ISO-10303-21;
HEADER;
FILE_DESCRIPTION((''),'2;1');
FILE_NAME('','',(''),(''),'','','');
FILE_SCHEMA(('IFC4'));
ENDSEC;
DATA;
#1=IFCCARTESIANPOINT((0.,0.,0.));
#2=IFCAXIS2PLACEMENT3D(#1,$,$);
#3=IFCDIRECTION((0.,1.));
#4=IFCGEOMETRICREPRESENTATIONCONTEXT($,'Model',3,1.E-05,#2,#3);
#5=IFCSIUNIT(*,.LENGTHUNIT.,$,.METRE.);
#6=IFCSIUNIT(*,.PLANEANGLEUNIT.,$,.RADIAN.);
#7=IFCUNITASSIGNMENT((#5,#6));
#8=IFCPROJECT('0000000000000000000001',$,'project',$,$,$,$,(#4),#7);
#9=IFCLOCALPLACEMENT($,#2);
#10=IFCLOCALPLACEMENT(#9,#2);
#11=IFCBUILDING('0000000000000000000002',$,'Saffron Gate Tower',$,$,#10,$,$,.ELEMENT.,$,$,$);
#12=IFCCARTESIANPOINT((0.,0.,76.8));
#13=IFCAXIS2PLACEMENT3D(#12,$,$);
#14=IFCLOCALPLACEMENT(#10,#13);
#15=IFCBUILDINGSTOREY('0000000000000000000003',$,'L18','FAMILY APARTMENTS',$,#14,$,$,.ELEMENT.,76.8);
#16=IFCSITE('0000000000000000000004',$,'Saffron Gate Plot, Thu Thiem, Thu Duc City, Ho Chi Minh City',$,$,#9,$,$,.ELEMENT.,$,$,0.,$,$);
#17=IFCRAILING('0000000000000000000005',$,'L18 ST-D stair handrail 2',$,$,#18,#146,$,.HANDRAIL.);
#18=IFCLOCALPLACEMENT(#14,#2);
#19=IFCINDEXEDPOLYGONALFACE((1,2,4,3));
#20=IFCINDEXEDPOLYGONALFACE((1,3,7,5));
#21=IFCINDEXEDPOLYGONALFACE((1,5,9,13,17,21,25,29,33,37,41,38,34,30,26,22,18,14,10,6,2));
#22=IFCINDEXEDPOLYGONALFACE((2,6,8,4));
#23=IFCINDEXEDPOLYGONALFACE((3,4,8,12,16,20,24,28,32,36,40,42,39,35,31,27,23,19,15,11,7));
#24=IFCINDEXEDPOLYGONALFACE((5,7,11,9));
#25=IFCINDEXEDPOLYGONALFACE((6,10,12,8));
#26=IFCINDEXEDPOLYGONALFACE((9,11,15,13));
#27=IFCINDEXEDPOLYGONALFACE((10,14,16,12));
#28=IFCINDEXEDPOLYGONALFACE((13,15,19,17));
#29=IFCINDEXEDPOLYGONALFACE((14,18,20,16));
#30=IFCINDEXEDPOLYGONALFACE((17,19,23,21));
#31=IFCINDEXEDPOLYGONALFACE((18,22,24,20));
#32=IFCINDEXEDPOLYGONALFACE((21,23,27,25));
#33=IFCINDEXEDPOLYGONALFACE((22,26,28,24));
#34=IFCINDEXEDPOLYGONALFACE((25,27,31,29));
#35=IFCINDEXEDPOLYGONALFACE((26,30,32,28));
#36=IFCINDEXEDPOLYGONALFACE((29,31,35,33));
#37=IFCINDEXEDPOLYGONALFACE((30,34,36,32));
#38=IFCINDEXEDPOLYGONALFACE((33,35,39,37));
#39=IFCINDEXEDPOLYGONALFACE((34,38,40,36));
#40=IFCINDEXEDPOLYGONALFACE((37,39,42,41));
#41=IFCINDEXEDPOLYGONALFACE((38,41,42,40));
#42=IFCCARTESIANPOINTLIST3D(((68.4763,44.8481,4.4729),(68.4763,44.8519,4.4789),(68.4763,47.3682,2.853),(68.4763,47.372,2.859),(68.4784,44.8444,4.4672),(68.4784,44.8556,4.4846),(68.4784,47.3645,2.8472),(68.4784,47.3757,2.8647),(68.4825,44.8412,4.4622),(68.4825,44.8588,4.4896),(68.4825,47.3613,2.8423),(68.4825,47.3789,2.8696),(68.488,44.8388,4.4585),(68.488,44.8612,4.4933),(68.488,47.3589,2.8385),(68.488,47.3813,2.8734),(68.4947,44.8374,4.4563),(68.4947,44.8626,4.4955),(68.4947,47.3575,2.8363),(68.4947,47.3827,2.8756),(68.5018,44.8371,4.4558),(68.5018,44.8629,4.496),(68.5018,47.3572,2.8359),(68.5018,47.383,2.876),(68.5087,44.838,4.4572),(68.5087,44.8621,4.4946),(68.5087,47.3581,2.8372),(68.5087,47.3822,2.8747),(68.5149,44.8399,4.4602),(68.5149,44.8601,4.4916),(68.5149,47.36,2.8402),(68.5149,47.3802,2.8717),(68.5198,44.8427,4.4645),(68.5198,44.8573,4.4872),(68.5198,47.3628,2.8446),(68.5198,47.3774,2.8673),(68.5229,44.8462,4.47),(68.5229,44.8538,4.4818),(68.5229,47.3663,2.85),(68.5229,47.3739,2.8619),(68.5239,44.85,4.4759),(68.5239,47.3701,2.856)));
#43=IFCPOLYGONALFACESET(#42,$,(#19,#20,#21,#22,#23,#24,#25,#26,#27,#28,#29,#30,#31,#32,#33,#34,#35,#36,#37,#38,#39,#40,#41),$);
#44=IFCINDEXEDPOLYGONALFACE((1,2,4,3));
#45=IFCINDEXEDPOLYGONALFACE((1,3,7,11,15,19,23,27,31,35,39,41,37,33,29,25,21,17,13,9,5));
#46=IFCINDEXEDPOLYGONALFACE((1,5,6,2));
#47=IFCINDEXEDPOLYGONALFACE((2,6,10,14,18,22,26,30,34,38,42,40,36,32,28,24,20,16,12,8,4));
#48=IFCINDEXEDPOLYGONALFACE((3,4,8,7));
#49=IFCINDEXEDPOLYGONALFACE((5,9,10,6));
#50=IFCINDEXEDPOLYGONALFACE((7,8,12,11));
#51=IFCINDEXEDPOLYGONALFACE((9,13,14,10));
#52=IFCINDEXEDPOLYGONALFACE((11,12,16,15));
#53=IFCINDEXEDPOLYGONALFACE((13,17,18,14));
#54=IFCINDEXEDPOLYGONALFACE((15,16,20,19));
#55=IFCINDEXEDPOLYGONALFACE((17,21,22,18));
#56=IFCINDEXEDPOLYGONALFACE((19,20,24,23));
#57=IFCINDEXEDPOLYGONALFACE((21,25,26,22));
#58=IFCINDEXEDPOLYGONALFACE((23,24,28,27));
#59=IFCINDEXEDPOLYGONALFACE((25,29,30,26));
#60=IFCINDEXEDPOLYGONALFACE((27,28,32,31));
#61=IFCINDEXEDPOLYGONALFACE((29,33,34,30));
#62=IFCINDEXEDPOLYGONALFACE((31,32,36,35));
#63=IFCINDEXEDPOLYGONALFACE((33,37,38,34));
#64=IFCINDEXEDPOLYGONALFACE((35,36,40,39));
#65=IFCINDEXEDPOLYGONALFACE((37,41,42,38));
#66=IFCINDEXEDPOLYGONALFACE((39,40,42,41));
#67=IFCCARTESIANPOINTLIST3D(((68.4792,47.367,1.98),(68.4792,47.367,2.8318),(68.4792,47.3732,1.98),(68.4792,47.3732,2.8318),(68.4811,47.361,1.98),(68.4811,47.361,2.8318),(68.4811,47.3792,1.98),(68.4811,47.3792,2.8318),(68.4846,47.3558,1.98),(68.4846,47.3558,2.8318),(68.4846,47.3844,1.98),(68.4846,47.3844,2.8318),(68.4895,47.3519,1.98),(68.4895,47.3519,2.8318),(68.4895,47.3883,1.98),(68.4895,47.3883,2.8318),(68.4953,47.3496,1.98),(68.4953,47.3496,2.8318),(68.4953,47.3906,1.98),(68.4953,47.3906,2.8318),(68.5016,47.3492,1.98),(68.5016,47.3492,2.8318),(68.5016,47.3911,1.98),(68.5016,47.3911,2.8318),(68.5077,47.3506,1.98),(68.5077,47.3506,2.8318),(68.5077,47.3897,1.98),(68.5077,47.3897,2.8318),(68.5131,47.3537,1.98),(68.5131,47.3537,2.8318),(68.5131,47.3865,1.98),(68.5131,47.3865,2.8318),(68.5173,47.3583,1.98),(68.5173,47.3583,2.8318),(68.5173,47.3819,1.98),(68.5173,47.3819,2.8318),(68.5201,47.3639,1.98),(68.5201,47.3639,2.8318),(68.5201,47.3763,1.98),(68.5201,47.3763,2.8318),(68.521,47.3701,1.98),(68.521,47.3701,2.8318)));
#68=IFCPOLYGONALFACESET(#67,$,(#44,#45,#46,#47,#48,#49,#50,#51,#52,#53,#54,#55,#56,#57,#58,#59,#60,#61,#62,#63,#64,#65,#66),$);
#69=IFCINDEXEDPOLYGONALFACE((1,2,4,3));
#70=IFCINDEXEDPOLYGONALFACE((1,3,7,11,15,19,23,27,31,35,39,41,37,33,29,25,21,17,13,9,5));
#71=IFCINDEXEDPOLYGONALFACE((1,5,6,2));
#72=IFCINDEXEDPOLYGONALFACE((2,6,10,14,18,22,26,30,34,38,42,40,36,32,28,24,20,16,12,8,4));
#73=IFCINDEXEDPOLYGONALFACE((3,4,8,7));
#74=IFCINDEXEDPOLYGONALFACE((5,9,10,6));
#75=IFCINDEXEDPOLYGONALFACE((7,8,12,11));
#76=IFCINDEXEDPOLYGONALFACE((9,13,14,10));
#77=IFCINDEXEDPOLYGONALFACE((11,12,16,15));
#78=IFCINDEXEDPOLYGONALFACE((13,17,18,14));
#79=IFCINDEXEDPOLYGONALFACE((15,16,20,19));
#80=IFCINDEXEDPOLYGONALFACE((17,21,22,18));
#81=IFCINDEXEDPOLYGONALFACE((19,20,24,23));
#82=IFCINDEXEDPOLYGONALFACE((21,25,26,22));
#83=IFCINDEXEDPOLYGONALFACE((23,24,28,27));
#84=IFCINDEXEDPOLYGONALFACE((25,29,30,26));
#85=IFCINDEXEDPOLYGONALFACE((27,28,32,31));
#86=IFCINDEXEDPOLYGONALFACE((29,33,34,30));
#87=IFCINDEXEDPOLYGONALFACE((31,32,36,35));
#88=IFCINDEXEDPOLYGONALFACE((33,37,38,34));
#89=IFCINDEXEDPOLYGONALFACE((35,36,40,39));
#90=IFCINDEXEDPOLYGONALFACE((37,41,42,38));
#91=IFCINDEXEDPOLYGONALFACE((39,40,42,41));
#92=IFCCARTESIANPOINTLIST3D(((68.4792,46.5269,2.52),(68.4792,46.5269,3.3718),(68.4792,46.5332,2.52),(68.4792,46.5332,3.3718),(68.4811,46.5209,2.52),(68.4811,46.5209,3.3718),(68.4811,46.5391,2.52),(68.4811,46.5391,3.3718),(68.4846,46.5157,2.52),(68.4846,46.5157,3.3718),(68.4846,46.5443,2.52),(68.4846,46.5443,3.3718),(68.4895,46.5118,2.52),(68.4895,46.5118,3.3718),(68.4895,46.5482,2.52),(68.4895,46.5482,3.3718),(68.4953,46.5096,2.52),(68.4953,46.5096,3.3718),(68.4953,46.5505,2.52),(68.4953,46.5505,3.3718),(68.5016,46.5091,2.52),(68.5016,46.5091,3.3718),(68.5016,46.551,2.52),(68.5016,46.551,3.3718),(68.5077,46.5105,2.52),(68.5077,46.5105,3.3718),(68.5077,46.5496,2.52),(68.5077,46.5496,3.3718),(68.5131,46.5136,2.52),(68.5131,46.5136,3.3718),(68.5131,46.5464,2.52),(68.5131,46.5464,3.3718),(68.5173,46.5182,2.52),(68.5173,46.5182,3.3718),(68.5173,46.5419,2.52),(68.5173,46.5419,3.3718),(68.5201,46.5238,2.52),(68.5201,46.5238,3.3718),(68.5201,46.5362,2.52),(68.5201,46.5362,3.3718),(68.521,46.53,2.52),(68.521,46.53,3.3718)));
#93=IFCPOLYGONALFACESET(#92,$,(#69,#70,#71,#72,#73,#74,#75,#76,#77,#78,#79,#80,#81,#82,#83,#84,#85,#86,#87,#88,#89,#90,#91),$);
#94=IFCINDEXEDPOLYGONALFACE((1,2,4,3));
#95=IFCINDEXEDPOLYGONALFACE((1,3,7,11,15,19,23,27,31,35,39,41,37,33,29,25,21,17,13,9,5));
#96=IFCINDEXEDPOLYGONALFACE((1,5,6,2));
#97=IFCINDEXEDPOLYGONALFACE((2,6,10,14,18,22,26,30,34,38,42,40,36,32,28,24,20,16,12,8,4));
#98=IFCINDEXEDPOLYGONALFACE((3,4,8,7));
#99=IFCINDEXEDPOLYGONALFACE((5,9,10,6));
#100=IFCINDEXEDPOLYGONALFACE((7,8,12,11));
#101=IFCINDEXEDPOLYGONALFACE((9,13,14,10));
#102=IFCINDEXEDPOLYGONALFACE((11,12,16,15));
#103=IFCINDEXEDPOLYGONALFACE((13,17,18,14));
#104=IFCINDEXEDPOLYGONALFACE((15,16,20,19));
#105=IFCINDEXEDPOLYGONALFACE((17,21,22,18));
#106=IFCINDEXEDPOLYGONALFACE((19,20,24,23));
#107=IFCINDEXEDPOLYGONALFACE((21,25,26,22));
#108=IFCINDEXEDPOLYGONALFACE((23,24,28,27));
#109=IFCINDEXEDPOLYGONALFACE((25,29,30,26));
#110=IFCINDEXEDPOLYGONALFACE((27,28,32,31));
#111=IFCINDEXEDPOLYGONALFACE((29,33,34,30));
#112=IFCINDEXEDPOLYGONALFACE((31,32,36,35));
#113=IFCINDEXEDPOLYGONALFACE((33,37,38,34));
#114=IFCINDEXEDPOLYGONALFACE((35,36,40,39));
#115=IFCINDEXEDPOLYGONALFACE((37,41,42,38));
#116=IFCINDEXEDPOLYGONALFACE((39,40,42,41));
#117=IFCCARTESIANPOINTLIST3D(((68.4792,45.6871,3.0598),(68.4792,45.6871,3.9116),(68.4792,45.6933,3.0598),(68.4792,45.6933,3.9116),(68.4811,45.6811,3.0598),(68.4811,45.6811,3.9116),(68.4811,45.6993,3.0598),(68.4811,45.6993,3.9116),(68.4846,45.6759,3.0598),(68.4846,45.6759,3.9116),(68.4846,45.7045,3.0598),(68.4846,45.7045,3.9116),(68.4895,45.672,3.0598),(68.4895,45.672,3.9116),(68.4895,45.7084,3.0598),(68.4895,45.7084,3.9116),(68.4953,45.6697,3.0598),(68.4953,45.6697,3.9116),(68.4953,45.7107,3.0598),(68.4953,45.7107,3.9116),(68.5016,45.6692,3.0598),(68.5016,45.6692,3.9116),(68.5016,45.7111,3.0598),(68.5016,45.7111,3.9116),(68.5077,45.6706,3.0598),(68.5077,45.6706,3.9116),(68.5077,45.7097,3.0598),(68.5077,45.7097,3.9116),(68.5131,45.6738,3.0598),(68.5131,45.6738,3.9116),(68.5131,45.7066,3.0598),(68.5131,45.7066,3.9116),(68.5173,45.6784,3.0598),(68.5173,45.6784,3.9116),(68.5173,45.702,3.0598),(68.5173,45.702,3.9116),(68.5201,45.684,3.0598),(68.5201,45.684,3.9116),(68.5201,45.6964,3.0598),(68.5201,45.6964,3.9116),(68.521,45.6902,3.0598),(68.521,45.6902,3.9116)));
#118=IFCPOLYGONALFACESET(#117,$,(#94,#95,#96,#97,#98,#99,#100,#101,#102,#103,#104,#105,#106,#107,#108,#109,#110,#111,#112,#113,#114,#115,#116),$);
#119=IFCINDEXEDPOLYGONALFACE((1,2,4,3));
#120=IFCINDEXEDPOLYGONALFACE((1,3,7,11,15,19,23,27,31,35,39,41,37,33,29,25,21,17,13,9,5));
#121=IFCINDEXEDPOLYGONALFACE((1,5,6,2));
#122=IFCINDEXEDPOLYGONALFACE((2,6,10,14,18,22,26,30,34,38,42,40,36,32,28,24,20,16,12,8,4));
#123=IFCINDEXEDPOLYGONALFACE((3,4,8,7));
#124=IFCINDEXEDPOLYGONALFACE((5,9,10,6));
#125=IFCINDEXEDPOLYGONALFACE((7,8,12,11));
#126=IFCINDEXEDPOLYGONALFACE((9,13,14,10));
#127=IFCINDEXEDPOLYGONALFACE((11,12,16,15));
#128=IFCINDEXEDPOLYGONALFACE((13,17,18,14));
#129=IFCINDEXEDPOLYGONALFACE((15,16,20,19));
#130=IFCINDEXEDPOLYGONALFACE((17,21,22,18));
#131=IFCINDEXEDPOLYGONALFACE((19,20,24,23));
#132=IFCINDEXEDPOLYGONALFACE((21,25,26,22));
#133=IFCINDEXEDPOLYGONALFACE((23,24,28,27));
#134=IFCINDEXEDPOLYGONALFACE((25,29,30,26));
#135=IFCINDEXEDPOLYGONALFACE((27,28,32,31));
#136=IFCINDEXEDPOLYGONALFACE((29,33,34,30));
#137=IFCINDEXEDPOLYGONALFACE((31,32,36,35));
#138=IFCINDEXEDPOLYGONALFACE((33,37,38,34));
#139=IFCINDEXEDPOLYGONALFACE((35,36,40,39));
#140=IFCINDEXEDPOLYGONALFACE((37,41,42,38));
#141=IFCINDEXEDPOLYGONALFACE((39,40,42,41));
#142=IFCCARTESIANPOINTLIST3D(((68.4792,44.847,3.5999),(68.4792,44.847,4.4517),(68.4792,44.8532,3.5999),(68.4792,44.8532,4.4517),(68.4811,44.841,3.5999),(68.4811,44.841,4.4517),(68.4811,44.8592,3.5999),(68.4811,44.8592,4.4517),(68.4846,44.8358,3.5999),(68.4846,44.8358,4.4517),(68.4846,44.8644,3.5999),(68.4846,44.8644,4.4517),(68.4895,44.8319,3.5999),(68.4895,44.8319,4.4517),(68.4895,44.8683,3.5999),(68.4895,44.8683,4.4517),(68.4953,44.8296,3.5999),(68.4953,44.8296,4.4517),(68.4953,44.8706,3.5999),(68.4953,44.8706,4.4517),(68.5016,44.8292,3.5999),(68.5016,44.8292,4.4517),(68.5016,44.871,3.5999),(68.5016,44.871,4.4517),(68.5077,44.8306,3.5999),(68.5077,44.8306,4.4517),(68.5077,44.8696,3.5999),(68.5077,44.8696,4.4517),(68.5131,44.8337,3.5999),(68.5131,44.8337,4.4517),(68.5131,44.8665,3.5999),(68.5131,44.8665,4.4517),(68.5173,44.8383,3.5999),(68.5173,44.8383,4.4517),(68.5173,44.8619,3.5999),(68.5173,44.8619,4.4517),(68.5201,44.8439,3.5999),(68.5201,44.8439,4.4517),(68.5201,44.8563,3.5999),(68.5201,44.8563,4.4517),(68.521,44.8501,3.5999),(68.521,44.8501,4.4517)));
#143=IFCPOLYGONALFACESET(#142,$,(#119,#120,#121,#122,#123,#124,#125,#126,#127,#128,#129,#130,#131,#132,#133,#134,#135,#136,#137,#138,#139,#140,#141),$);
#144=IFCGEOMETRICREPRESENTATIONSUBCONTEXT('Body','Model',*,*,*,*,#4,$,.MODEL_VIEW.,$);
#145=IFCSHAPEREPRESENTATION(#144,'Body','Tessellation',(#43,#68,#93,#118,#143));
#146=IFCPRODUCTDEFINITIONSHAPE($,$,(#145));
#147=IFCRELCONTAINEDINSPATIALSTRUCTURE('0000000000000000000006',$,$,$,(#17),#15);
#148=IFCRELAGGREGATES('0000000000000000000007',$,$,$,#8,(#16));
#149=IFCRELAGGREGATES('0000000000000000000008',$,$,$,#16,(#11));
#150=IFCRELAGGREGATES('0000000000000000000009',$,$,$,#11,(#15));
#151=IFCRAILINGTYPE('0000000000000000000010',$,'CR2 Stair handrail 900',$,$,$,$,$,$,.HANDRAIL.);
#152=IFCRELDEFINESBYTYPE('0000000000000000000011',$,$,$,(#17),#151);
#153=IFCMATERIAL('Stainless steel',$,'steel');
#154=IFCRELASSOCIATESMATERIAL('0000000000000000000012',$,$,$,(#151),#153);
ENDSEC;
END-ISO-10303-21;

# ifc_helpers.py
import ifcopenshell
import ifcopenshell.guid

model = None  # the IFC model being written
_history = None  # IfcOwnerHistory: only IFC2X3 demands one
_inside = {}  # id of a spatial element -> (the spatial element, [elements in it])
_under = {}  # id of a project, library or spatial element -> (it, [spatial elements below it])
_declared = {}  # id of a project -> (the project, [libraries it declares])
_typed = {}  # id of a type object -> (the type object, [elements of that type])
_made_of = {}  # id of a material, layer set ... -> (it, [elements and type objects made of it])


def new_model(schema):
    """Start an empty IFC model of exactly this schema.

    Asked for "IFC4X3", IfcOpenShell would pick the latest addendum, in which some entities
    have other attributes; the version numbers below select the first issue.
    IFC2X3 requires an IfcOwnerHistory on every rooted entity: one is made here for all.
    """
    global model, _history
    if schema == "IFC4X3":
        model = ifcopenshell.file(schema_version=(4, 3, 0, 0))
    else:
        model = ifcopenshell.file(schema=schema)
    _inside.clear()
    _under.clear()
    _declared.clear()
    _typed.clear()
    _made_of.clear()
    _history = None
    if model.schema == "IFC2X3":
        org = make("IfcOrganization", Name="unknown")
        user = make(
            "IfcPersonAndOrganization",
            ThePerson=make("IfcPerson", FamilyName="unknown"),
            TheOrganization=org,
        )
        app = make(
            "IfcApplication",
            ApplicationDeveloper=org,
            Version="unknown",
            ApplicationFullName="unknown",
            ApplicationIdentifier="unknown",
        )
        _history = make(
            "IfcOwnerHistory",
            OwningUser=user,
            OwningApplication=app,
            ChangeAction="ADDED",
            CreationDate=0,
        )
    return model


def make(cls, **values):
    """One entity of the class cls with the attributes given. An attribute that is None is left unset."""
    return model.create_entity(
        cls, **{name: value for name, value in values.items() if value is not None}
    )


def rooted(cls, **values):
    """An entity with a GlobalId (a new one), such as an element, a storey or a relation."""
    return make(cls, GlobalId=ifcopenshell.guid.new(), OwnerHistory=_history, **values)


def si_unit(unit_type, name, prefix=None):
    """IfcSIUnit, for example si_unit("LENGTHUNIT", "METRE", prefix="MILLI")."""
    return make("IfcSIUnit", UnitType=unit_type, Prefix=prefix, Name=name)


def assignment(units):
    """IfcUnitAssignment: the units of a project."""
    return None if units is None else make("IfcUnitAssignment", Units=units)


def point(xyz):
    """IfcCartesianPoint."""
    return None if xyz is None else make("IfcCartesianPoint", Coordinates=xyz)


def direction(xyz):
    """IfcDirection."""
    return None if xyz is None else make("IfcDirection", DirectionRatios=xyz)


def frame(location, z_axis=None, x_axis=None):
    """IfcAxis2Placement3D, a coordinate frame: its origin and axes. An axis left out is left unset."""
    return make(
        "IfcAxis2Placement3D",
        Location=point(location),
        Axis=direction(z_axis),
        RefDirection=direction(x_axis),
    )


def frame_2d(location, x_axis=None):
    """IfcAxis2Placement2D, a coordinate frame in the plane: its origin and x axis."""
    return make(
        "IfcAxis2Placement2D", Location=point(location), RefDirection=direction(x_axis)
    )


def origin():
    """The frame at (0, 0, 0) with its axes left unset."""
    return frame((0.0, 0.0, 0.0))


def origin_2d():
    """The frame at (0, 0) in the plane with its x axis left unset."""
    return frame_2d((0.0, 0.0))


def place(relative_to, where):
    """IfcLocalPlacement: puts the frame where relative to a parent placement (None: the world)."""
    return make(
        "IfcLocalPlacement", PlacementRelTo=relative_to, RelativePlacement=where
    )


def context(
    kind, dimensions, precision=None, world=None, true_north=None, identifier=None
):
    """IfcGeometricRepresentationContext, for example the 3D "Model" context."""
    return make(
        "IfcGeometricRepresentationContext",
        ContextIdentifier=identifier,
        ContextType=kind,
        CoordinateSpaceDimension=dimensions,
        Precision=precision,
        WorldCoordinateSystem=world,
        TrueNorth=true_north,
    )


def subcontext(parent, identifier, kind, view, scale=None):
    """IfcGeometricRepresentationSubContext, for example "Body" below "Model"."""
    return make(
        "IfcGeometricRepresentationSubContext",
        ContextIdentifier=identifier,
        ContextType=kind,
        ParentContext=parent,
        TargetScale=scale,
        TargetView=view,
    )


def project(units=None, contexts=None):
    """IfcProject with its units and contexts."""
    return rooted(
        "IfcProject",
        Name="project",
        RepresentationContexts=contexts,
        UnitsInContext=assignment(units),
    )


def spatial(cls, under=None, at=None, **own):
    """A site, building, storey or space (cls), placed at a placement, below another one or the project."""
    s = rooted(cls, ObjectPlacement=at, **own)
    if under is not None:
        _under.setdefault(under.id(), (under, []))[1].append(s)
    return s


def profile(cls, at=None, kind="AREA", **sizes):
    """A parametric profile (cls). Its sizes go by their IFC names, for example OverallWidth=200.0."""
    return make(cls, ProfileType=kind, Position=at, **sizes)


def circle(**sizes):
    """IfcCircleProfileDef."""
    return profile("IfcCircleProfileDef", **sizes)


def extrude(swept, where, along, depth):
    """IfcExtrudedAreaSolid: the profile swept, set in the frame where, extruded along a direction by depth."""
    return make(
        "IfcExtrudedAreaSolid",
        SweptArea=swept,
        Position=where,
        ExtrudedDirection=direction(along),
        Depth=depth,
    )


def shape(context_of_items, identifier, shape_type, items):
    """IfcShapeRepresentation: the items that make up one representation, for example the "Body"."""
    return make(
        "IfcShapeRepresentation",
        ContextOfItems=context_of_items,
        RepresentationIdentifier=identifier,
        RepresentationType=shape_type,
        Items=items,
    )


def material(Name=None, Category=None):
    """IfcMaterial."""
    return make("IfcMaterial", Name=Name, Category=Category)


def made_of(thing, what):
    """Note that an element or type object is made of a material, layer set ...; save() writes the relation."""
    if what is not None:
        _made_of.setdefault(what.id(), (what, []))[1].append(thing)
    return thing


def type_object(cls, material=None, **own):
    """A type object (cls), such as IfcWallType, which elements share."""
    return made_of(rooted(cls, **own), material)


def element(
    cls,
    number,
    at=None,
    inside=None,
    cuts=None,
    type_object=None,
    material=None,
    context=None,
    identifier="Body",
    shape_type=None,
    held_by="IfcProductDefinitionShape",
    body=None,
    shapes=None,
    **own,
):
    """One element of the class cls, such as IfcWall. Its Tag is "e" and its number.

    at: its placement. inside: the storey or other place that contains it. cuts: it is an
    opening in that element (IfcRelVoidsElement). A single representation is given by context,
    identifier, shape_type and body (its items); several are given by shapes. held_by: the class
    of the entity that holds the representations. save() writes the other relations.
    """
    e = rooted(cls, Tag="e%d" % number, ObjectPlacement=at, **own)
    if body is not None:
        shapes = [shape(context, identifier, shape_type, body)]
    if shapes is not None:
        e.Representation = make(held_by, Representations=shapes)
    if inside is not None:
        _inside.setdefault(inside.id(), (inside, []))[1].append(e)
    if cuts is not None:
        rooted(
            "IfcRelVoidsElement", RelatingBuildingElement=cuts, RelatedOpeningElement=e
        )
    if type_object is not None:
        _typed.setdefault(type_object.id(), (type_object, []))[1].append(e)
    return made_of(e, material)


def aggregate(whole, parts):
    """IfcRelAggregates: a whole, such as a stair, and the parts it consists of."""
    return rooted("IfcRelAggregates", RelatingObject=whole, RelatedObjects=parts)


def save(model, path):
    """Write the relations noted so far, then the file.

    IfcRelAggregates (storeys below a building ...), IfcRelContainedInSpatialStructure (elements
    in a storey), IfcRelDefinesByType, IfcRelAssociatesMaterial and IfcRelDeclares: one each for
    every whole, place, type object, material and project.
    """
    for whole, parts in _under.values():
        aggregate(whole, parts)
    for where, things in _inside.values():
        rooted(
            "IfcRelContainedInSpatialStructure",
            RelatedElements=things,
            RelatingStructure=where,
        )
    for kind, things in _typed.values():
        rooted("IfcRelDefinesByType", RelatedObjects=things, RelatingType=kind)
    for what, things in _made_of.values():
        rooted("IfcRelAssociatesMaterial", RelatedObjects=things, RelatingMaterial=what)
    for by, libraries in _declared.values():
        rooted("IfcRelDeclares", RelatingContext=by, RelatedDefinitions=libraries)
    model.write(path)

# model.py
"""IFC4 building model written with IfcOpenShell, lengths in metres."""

from ifc_helpers import new_model, si_unit, direction, frame, origin, origin_2d, place, context, subcontext, project, spatial, circle, extrude, material, type_object, element, save


model = new_model("IFC4")

# Units and contexts
model_context = context("Model", 3, precision=1e-05, world=origin(), true_north=direction((0.0, 1.0)))
body_context = subcontext(model_context, "Body", "Model", "MODEL_VIEW")
ifc_project = project(units=[si_unit("LENGTHUNIT", "METRE"), si_unit("PLANEANGLEUNIT", "RADIAN")], contexts=[model_context])

# Site, building, storey
site_placement = place(None, origin())
site = spatial("IfcSite", under=ifc_project, at=site_placement, Name="Saffron Gate Plot, Thu Thiem, Thu Duc City, Ho Chi Minh City", CompositionType="ELEMENT", RefElevation=0.0)
building_placement = place(site_placement, origin())
building = spatial("IfcBuilding", under=site, at=building_placement, Name="Saffron Gate Tower", CompositionType="ELEMENT")
storey_placement = place(building_placement, frame((0.0, 0.0, 76.8)))
storey = spatial("IfcBuildingStorey", under=building, at=storey_placement, Name="L18", Description="FAMILY APARTMENTS", CompositionType="ELEMENT", Elevation=76.8)

# Railing
ifc_material_1 = material(Name="Stainless steel", Category="steel")
railing_type_1 = type_object("IfcRailingType", Name="CR2 Stair handrail 900", PredefinedType="HANDRAIL", material=ifc_material_1)
railing_1_placement = place(storey_placement, frame((68.5, 47.3701, 1.98)))
element("IfcRailing", 1, at=railing_1_placement, inside=storey, type_object=railing_type_1, Name="L18 ST-D stair handrail 2", PredefinedType="HANDRAIL", context=body_context, shape_type="SweptSolid", body=[
    extrude(circle(Radius=0.0239, at=origin_2d()), frame((0.0, 0.0, 0.876), z_axis=(0.0, -0.8412, 0.540725), x_axis=(1.0, 0.0, 0.0)), (0.0, 0.0, 1.0), 2.9958),
    extrude(circle(Radius=0.021, at=origin_2d()), origin(), (0.0, 0.0, 1.0), 0.8518),
    extrude(circle(Radius=0.021, at=origin_2d()), frame((0.0, -0.8401, 0.54)), (0.0, 0.0, 1.0), 0.8518),
    extrude(circle(Radius=0.021, at=origin_2d()), frame((0.0, -1.6799, 1.0798)), (0.0, 0.0, 1.0), 0.8518),
    extrude(circle(Radius=0.021, at=origin_2d()), frame((0.0, -2.52, 1.6199)), (0.0, 0.0, 1.0), 0.8518),
])

save(model, "model.ifc")
